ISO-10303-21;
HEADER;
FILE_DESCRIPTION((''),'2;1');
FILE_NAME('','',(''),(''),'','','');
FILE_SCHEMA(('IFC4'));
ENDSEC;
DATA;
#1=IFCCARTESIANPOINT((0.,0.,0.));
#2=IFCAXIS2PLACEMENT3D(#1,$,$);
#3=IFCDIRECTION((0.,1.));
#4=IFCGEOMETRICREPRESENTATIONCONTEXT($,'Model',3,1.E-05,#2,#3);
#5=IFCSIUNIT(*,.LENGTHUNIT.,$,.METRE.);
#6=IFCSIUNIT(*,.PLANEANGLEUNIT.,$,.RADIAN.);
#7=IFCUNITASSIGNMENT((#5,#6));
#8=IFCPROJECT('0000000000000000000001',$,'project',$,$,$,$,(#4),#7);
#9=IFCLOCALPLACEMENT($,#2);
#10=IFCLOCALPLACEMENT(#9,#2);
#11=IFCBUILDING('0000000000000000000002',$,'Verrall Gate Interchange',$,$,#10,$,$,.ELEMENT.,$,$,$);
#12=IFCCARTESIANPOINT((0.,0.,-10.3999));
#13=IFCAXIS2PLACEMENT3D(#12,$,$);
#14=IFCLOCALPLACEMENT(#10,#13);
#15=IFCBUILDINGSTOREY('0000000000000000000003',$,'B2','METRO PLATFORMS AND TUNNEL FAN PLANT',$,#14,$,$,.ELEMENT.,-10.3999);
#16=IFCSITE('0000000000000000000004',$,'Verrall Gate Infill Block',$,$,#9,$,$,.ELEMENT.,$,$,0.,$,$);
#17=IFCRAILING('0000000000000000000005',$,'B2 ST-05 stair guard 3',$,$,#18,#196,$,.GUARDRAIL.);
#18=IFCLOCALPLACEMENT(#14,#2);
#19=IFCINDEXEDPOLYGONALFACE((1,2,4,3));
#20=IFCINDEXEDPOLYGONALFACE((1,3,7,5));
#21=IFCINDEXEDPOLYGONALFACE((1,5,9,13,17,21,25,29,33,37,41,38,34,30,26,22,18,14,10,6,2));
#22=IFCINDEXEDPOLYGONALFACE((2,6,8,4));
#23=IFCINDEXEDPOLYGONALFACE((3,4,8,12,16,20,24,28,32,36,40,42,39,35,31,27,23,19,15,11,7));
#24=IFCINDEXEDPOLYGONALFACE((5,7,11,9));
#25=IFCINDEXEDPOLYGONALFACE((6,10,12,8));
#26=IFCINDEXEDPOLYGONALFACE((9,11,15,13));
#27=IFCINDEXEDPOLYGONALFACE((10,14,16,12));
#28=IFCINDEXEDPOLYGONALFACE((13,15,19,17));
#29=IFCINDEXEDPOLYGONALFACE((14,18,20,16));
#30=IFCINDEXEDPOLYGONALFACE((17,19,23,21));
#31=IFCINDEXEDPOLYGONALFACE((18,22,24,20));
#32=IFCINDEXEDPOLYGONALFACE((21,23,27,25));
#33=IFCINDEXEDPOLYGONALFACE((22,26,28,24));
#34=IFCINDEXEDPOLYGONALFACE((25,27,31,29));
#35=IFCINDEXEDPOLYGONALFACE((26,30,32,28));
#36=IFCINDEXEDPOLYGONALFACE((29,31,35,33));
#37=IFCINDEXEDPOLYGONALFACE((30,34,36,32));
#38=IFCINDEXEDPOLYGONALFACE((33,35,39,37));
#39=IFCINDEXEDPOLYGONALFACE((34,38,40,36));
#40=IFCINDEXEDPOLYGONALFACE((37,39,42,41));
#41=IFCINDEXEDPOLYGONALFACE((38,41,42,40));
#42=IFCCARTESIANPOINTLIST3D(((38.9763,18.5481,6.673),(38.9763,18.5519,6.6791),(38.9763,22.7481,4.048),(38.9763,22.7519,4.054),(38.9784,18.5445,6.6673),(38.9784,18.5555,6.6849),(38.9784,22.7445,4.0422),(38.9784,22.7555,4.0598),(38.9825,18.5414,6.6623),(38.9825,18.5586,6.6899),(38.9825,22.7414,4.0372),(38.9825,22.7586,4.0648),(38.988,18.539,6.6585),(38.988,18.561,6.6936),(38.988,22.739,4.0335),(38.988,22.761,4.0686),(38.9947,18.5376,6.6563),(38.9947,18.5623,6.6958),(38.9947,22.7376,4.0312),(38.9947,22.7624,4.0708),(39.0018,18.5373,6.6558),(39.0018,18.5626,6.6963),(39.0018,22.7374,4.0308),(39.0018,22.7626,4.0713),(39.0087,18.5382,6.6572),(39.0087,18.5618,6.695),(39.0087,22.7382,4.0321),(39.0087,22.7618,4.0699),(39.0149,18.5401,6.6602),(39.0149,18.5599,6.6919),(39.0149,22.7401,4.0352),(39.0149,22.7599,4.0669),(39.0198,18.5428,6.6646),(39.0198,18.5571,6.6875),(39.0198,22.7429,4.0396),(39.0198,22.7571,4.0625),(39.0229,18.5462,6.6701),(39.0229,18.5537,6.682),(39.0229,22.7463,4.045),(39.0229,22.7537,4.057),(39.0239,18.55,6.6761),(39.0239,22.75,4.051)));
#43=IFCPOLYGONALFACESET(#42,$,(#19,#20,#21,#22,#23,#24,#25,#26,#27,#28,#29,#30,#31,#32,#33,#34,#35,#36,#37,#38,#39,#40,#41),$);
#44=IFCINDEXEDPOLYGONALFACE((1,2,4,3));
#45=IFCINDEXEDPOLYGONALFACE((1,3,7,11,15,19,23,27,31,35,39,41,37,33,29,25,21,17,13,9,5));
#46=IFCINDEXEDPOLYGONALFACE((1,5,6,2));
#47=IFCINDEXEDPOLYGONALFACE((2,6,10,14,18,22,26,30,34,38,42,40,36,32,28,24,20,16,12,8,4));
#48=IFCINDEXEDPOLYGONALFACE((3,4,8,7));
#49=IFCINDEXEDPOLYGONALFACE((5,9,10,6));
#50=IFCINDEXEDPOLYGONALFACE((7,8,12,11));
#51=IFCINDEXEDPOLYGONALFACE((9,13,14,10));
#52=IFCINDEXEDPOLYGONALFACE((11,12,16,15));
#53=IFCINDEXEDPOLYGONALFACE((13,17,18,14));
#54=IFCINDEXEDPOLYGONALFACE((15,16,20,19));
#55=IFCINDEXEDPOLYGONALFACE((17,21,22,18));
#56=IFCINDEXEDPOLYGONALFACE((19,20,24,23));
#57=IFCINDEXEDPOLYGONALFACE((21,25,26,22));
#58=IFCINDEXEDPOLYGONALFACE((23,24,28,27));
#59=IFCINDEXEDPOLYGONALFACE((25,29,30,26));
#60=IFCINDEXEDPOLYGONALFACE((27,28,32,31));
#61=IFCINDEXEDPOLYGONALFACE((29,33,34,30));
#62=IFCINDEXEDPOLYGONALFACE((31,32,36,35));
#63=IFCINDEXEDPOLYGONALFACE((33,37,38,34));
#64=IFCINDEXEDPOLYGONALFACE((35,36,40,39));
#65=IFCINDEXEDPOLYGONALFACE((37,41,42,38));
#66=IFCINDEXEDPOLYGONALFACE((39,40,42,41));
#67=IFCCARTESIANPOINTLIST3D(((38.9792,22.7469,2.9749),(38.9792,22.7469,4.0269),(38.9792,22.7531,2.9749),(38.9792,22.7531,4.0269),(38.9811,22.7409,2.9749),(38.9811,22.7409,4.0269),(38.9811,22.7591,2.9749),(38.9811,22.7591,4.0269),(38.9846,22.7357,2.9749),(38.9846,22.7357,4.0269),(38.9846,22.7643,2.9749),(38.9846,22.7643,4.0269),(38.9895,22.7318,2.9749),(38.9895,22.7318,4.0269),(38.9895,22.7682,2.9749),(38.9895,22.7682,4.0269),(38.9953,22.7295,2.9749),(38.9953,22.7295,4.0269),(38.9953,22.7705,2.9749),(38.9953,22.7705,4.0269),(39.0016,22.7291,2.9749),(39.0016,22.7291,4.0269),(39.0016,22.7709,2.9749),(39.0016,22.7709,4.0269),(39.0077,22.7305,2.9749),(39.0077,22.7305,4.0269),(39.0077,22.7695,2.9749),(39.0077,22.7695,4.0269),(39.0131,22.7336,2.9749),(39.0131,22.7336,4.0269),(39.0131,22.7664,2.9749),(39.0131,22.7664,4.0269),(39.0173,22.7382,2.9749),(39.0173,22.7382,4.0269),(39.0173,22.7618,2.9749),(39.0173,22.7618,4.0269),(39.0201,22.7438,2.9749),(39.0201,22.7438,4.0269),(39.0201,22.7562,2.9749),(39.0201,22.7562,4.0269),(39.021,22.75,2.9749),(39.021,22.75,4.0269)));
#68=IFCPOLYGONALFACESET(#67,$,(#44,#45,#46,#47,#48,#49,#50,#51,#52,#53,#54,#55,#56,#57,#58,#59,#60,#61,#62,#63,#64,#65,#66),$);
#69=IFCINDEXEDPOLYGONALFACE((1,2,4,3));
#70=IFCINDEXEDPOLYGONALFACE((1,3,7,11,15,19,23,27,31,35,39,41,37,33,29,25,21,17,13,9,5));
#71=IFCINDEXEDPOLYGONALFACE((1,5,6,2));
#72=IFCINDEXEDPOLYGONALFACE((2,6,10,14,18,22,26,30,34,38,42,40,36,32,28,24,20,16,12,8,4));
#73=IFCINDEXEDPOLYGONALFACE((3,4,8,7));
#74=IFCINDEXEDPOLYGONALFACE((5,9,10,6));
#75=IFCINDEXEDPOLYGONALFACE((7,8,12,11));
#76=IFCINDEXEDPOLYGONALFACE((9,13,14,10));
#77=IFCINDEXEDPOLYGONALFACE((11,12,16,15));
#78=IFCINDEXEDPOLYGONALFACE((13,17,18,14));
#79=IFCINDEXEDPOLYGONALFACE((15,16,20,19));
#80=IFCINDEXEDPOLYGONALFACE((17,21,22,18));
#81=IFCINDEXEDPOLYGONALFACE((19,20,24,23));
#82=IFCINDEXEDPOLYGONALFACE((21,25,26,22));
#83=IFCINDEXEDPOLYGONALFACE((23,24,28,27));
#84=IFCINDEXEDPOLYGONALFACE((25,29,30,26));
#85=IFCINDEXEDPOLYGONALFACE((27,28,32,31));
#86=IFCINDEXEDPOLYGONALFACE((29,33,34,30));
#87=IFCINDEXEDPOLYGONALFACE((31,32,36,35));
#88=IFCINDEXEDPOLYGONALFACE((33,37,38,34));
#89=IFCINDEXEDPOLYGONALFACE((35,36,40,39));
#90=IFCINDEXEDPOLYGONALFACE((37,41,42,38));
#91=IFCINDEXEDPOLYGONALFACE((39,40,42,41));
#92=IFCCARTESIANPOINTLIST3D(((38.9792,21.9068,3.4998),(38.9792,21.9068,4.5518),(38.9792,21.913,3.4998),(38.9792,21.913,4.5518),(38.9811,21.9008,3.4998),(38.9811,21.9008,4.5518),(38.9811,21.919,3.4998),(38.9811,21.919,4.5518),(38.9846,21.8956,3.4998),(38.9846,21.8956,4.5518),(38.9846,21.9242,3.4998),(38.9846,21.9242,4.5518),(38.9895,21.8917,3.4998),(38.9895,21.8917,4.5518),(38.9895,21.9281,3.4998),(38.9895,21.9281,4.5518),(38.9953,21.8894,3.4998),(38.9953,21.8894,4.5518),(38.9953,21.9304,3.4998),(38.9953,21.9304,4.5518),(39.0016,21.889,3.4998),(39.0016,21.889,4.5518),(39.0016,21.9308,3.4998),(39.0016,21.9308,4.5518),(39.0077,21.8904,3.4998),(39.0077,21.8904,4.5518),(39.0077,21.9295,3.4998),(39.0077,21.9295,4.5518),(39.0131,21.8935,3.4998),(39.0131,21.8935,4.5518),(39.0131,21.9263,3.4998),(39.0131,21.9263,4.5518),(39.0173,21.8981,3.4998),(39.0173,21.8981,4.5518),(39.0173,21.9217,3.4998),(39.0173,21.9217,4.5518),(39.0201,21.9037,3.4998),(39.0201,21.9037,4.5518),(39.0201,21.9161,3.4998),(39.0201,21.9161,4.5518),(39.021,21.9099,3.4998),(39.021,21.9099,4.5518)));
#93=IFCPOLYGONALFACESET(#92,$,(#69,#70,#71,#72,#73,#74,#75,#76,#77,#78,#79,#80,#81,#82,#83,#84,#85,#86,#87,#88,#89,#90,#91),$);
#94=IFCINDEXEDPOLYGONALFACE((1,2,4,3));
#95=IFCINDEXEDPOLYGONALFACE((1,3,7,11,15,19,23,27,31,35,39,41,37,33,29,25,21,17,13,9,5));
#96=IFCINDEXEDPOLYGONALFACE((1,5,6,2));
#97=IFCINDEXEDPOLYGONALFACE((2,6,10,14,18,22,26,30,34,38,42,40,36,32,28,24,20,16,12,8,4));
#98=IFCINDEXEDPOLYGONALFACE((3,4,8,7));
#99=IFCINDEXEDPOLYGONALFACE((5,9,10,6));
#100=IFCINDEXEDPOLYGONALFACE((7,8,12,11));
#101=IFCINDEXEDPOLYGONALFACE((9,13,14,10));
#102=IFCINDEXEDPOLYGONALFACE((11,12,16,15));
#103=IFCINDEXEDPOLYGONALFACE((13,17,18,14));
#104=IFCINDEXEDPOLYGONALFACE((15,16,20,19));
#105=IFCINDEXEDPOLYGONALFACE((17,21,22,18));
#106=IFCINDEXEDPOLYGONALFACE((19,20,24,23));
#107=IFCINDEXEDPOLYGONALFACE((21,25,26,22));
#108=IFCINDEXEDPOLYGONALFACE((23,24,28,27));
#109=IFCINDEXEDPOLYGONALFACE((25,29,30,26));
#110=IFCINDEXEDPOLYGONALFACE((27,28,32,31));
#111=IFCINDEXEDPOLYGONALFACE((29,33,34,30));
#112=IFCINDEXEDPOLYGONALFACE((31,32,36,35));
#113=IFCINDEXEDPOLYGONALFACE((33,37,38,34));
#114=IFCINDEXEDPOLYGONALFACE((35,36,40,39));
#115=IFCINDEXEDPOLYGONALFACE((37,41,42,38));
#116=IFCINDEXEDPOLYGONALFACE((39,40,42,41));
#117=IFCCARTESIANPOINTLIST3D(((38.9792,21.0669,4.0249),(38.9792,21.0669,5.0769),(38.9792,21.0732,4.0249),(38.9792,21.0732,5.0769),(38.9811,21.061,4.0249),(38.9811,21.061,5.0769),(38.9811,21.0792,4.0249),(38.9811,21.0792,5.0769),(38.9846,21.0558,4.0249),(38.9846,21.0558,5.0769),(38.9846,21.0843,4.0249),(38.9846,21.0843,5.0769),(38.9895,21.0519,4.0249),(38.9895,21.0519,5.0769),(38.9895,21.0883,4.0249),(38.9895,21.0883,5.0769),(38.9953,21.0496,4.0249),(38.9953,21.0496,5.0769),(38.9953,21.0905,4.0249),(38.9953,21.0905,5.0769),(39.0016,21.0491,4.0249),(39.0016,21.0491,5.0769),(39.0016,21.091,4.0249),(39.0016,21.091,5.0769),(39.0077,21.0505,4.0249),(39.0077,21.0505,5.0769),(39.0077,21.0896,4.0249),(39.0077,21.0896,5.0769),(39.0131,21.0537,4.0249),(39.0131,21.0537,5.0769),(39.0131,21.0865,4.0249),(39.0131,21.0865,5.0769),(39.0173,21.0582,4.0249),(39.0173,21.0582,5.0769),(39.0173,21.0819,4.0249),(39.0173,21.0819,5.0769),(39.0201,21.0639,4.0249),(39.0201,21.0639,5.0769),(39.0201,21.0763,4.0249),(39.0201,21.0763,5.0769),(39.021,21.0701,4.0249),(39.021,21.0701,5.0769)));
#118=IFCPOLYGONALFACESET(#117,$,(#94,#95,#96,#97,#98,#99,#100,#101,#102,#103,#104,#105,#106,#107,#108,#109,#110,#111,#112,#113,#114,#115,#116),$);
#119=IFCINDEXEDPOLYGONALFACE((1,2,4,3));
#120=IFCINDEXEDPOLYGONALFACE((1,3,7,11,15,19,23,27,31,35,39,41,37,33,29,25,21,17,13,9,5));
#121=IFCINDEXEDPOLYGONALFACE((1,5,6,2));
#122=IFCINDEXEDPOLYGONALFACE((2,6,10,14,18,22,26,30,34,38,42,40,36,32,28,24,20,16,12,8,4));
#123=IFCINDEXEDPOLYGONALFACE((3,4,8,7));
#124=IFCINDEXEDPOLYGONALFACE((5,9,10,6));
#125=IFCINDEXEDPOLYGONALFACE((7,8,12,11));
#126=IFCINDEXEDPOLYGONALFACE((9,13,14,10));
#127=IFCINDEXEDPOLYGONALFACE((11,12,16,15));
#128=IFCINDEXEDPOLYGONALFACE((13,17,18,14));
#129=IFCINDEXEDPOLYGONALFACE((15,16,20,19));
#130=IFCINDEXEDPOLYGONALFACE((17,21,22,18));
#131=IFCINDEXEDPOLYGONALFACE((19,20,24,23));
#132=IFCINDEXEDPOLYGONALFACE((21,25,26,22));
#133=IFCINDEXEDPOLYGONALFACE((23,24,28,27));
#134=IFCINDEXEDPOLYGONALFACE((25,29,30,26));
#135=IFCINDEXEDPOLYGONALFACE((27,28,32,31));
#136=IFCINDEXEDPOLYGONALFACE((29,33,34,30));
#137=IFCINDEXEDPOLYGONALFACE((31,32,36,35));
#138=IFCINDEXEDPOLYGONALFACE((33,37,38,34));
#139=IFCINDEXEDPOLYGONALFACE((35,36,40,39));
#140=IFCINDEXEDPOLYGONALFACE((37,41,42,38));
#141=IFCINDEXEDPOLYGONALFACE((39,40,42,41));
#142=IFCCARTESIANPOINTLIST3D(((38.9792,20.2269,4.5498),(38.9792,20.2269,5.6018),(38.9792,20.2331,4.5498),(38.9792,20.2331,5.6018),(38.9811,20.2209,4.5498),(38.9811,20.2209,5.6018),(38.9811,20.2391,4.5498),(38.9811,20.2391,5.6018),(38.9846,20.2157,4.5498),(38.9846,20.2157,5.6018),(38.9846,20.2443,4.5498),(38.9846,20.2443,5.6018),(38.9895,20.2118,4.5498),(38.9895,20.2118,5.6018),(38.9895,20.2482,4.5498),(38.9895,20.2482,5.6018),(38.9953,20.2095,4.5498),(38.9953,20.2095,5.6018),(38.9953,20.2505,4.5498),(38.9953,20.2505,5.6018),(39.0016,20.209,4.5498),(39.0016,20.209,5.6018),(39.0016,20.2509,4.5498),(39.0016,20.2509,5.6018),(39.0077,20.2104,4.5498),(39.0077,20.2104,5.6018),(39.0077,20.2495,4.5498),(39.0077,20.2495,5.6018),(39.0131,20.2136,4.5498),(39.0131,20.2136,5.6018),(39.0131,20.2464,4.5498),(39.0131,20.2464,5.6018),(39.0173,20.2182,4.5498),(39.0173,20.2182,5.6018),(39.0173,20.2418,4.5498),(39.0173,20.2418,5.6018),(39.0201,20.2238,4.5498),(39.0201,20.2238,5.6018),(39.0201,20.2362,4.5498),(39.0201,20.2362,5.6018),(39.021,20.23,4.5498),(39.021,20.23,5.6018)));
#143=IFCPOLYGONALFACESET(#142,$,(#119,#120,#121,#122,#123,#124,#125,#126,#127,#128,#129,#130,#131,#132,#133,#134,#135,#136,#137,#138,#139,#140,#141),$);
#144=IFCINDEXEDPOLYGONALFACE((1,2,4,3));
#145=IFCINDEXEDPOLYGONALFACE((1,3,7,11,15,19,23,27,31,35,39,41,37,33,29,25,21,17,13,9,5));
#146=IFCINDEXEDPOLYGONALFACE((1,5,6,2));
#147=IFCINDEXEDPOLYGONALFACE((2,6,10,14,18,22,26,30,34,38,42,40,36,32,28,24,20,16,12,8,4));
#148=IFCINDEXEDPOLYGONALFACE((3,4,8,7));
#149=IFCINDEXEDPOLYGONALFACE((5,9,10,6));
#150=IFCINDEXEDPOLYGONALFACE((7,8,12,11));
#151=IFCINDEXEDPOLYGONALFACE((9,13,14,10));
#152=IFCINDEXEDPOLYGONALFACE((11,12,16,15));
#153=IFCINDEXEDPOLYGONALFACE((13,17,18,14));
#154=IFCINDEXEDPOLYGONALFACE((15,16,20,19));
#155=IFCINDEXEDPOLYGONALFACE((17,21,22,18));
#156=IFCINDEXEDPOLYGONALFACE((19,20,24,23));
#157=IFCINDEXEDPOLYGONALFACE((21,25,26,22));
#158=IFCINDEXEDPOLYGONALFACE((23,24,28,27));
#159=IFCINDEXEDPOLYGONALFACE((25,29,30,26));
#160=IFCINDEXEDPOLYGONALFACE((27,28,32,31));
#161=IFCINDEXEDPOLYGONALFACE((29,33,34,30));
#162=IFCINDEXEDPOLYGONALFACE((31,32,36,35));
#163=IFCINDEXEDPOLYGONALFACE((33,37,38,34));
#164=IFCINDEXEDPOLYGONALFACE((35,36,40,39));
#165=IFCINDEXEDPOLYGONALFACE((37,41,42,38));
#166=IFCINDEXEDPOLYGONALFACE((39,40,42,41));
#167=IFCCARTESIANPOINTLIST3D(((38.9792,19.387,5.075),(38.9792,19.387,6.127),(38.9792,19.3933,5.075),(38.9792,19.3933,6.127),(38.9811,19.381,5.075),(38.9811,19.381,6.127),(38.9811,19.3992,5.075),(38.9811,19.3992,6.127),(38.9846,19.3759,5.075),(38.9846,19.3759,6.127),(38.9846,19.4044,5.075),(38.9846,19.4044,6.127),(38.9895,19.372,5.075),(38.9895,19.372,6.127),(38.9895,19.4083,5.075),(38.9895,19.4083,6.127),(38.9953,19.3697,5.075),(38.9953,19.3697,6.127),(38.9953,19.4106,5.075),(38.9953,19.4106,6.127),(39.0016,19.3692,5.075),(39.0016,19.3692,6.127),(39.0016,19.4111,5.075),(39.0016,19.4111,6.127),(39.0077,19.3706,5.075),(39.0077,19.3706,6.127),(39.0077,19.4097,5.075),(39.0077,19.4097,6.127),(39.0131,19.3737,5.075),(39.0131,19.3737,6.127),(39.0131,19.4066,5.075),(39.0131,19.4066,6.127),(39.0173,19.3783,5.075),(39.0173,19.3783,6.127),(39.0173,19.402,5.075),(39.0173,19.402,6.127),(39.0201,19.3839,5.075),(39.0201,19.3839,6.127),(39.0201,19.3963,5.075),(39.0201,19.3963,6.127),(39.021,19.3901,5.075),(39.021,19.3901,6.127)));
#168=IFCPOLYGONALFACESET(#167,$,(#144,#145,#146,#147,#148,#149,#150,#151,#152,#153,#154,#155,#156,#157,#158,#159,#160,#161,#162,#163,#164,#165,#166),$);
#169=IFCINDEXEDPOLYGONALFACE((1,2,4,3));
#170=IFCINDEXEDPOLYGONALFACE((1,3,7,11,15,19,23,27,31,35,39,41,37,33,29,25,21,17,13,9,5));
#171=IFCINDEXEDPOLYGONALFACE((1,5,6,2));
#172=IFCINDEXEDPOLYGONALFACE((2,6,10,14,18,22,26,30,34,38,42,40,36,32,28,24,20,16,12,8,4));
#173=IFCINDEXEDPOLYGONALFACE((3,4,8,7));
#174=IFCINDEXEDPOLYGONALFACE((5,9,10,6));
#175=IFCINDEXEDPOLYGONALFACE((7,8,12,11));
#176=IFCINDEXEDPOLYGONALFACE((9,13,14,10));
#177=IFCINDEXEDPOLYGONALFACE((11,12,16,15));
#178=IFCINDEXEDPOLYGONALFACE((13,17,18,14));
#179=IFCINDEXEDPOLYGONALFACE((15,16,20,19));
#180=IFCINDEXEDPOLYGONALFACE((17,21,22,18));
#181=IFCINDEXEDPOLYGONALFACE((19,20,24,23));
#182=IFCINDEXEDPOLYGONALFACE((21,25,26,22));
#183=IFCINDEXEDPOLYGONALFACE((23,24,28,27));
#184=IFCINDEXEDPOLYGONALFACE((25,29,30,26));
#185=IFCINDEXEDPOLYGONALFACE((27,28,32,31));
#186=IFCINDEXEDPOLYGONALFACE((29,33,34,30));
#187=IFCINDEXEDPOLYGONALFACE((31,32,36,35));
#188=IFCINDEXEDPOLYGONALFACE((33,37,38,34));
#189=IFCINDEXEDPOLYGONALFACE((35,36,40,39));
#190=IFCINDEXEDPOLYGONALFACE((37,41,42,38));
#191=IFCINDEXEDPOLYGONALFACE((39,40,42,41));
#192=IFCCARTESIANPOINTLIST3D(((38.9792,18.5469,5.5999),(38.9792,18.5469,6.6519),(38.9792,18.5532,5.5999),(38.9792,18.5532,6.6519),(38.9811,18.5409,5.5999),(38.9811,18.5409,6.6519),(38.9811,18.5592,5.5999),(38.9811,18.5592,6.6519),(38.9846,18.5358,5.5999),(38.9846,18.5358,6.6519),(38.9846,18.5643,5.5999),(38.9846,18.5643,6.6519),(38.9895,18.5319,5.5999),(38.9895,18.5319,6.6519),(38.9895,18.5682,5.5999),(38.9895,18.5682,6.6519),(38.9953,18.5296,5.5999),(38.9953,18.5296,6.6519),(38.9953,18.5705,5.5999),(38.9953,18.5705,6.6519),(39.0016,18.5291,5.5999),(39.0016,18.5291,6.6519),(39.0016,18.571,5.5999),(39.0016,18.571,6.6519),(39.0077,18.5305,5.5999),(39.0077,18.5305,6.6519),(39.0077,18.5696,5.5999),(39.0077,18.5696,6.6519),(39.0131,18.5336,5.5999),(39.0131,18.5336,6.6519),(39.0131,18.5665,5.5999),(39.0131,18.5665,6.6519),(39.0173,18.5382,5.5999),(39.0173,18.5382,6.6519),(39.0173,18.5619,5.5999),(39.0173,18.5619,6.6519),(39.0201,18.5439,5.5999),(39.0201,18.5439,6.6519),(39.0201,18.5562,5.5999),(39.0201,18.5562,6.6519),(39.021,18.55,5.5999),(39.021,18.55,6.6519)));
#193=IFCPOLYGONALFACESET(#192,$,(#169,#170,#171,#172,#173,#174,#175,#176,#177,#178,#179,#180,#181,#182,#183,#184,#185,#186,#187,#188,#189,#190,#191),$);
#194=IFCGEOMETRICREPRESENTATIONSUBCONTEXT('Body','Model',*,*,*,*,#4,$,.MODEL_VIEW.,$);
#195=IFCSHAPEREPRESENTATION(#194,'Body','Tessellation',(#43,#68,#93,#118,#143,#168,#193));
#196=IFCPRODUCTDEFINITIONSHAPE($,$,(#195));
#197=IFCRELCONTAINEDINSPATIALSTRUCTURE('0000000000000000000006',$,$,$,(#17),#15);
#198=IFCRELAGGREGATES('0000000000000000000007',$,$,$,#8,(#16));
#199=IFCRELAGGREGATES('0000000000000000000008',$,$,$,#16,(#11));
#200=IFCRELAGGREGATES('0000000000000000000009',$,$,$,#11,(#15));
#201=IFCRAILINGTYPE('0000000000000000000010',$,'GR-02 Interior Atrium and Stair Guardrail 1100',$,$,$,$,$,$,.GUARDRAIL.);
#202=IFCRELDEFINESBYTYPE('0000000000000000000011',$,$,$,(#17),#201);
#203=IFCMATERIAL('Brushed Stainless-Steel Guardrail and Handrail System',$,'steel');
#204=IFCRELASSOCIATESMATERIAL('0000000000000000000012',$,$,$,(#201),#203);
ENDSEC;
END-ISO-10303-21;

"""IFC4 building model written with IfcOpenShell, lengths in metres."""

from ifc_helpers import new_model, si_unit, direction, frame, origin, origin_2d, place, context, subcontext, project, spatial, circle, extrude, material, type_object, element, save


model = new_model("IFC4")

# Units and contexts
model_context = context("Model", 3, precision=1e-05, world=origin(), true_north=direction((0.0, 1.0)))
body_context = subcontext(model_context, "Body", "Model", "MODEL_VIEW")
ifc_project = project(units=[si_unit("LENGTHUNIT", "METRE"), si_unit("PLANEANGLEUNIT", "RADIAN")], contexts=[model_context])

# Site, building, storey
site_placement = place(None, origin())
site = spatial("IfcSite", under=ifc_project, at=site_placement, Name="Verrall Gate Infill Block", CompositionType="ELEMENT", RefElevation=0.0)
building_placement = place(site_placement, origin())
building = spatial("IfcBuilding", under=site, at=building_placement, Name="Verrall Gate Interchange", CompositionType="ELEMENT")
storey_placement = place(building_placement, frame((0.0, 0.0, -10.3999)))
storey = spatial("IfcBuildingStorey", under=building, at=storey_placement, Name="B2", Description="METRO PLATFORMS AND TUNNEL FAN PLANT", CompositionType="ELEMENT", Elevation=-10.3999)

# Railing
ifc_material_1 = material(Name="Brushed Stainless-Steel Guardrail and Handrail System", Category="steel")
railing_type_1 = type_object("IfcRailingType", Name="GR-02 Interior Atrium and Stair Guardrail 1100", PredefinedType="GUARDRAIL", material=ifc_material_1)
railing_1_placement = place(storey_placement, frame((39.0, 22.75, 2.9749)))
element("IfcRailing", 1, at=railing_1_placement, inside=storey, type_object=railing_type_1, Name="B2 ST-05 stair guard 3", PredefinedType="GUARDRAIL", context=body_context, shape_type="SweptSolid", body=[
    extrude(circle(Radius=0.0239, at=origin_2d()), frame((0.0, 0.0, 1.0762), z_axis=(0.0, -0.847996, 0.530003), x_axis=(1.0, 0.0, 0.0)), (0.0, 0.0, 1.0), 4.9529),
    extrude(circle(Radius=0.021, at=origin_2d()), origin(), (0.0, 0.0, 1.0), 1.052),
    extrude(circle(Radius=0.021, at=origin_2d()), frame((0.0, -0.8401, 0.5249)), (0.0, 0.0, 1.0), 1.052),
    extrude(circle(Radius=0.021, at=origin_2d()), frame((0.0, -1.6799, 1.05)), (0.0, 0.0, 1.0), 1.052),
    extrude(circle(Radius=0.021, at=origin_2d()), frame((0.0, -2.52, 1.575)), (0.0, 0.0, 1.0), 1.052),
    extrude(circle(Radius=0.021, at=origin_2d()), frame((0.0, -3.3599, 2.1001)), (0.0, 0.0, 1.0), 1.052),
    extrude(circle(Radius=0.021, at=origin_2d()), frame((0.0, -4.2, 2.625)), (0.0, 0.0, 1.0), 1.052),
])

save(model, "model.ifc")
